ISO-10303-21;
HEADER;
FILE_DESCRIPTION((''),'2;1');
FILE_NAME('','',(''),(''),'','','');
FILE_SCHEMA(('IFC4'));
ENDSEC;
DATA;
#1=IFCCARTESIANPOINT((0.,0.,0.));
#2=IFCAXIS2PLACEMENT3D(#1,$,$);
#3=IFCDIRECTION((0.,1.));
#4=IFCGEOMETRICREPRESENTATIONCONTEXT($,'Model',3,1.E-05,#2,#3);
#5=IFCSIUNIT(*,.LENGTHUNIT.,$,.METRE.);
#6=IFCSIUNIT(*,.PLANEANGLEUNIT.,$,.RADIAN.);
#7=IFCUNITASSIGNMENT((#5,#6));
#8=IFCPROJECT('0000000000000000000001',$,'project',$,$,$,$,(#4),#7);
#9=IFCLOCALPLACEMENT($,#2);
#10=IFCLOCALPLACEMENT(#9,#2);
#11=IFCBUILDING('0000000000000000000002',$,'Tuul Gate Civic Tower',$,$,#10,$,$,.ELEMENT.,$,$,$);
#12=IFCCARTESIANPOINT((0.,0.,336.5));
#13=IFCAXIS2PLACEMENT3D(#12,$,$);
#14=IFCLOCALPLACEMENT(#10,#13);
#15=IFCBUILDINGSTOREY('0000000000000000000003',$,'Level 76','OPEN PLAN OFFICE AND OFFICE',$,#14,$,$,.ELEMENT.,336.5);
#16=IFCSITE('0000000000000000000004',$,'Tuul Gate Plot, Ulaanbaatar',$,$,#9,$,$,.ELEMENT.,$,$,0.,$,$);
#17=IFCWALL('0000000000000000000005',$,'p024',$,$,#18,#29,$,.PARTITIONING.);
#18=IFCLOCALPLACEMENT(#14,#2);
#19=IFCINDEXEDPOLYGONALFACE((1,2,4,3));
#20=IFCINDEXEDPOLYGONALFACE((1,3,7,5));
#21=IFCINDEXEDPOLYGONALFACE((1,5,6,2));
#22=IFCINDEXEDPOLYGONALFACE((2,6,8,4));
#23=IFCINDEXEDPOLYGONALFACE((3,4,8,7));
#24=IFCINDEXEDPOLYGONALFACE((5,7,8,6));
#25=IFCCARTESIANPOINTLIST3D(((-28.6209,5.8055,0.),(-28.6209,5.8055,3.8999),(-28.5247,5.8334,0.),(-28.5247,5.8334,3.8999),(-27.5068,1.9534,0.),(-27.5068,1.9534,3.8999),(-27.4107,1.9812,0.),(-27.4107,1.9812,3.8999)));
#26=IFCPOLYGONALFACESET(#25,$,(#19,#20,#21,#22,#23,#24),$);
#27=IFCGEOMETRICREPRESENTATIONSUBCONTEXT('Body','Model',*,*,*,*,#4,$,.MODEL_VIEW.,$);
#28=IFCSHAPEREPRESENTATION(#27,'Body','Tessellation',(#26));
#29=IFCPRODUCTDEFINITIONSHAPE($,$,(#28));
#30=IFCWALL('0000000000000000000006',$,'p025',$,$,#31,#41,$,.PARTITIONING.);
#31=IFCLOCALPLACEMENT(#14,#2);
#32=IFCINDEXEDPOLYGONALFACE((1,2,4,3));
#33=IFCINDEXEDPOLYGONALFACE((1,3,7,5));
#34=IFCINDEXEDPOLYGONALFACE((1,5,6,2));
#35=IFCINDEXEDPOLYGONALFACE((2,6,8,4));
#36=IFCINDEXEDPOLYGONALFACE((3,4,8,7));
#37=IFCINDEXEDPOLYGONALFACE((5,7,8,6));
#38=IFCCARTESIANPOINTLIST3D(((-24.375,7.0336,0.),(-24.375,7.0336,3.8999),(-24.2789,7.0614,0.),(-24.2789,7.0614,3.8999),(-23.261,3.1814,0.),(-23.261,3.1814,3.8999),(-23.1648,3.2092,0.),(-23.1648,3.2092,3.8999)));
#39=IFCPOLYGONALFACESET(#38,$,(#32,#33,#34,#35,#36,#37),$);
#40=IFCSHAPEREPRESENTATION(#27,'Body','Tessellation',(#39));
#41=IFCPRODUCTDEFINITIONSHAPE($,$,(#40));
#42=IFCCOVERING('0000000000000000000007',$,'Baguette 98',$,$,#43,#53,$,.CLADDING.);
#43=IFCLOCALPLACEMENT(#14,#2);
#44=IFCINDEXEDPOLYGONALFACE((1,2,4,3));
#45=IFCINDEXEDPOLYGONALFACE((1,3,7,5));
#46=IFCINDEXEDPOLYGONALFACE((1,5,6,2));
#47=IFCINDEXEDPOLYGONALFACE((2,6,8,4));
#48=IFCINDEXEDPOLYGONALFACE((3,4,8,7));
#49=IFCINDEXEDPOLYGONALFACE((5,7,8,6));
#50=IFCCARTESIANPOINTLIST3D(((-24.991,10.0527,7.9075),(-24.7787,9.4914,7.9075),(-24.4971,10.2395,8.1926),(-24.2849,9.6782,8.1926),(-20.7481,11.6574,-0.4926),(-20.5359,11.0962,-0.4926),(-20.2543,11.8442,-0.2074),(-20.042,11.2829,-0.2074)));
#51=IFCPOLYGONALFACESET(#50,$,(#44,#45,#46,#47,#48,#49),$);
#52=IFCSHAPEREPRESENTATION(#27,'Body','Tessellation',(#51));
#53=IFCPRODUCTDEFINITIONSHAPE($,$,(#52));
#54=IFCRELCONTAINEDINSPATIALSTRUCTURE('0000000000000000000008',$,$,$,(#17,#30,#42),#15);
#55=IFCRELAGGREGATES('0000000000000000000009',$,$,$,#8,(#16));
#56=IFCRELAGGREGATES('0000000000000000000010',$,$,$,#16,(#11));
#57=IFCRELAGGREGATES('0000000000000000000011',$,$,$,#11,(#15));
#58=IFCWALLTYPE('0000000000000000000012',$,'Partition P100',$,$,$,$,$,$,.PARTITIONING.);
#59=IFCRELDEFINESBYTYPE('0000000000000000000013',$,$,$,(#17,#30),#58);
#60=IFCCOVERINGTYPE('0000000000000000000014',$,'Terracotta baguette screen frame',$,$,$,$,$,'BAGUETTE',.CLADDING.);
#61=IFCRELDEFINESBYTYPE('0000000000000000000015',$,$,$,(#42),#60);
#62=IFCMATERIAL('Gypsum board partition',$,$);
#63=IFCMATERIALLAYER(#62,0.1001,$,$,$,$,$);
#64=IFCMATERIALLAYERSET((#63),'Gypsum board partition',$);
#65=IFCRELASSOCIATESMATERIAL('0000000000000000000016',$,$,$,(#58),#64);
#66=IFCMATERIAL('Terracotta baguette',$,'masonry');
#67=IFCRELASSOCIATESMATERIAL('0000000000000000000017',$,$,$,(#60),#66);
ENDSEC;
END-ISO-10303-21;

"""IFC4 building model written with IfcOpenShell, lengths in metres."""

from ifc_helpers import new_model, si_unit, direction, frame, frame_2d, origin, origin_2d, place, context, subcontext, project, spatial, rectangle, extrude, material, layer, layer_set, material_profile, profile_set, type_object, element, save


model = new_model("IFC4")

# Units and contexts
model_context = context("Model", 3, precision=1e-05, world=origin(), true_north=direction((0.0, 1.0)))
body_context = subcontext(model_context, "Body", "Model", "MODEL_VIEW")
ifc_project = project(units=[si_unit("LENGTHUNIT", "METRE"), si_unit("PLANEANGLEUNIT", "RADIAN")], contexts=[model_context])

# Site, building, storey
site_placement = place(None, origin())
site = spatial("IfcSite", under=ifc_project, at=site_placement, Name="Tuul Gate Plot, Ulaanbaatar", CompositionType="ELEMENT", RefElevation=0.0)
building_placement = place(site_placement, origin())
building = spatial("IfcBuilding", under=site, at=building_placement, Name="Tuul Gate Civic Tower", CompositionType="ELEMENT")
storey_placement = place(building_placement, frame((0.0, 0.0, 336.5)))
storey = spatial("IfcBuildingStorey", under=building, at=storey_placement, Name="Level 76", Description="OPEN PLAN OFFICE AND OFFICE", CompositionType="ELEMENT", Elevation=336.5)

# Walls
ifc_material_1 = material(Name="Gypsum board partition")
ifc_layer_1 = layer(ifc_material_1, 0.1001)
ifc_layer_set_1 = layer_set([ifc_layer_1], Name="Gypsum board partition")
wall_type_1 = type_object("IfcWallType", Name="Partition P100", PredefinedType="PARTITIONING", material=ifc_layer_set_1)
for number, where, z_axis, x_axis, name in (
    (1, (-28.5728, 5.8193, 0.0), (0.0, 0.0, 1.0), (0.277816, -0.960634, 0.0), "p024"),
    (2, (-24.3269, 7.0474, 0.0), (0.0, 0.0, 1.0), (0.277816, -0.960634, 0.0), "p025"),
):
    element("IfcWall", number, at=place(storey_placement, frame(where, z_axis=z_axis, x_axis=x_axis)), inside=storey, type_object=wall_type_1, Name=name, PredefinedType="PARTITIONING", context=body_context, shape_type="SweptSolid", body=[
        extrude(rectangle(XDim=4.01, YDim=0.1001, at=frame_2d((2.0049, 0.0))), origin(), (0.0, 0.0, 1.0), 3.8999),
    ])

# Covering
ifc_material_2 = material(Name="Terracotta baguette", Category="masonry")
ifc_material_profile_1 = material_profile(ifc_material_2, rectangle(XDim=0.6001, YDim=0.6001, at=origin_2d()), Name="Terracotta baguette screen frame")
ifc_profile_set_1 = profile_set([ifc_material_profile_1], Name="Terracotta baguette")
covering_type = type_object("IfcCoveringType", Name="Terracotta baguette screen frame", ElementType="BAGUETTE", PredefinedType="CLADDING", material=ifc_profile_set_1)
covering_placement = place(storey_placement, frame((-24.6379, 9.8655, 8.05), z_axis=(0.444437, 0.168093, -0.879898), x_axis=(-0.353758, 0.935337, 0.0)))
element("IfcCovering", 3, at=covering_placement, inside=storey, type_object=covering_type, Name="Baguette 98", PredefinedType="CLADDING", context=body_context, shape_type="SweptSolid", body=[
    extrude(rectangle(XDim=0.6001, YDim=0.6001, at=origin_2d()), origin(), (0.0, 0.0, 1.0), 9.5466),
])

save(model, "model.ifc")
